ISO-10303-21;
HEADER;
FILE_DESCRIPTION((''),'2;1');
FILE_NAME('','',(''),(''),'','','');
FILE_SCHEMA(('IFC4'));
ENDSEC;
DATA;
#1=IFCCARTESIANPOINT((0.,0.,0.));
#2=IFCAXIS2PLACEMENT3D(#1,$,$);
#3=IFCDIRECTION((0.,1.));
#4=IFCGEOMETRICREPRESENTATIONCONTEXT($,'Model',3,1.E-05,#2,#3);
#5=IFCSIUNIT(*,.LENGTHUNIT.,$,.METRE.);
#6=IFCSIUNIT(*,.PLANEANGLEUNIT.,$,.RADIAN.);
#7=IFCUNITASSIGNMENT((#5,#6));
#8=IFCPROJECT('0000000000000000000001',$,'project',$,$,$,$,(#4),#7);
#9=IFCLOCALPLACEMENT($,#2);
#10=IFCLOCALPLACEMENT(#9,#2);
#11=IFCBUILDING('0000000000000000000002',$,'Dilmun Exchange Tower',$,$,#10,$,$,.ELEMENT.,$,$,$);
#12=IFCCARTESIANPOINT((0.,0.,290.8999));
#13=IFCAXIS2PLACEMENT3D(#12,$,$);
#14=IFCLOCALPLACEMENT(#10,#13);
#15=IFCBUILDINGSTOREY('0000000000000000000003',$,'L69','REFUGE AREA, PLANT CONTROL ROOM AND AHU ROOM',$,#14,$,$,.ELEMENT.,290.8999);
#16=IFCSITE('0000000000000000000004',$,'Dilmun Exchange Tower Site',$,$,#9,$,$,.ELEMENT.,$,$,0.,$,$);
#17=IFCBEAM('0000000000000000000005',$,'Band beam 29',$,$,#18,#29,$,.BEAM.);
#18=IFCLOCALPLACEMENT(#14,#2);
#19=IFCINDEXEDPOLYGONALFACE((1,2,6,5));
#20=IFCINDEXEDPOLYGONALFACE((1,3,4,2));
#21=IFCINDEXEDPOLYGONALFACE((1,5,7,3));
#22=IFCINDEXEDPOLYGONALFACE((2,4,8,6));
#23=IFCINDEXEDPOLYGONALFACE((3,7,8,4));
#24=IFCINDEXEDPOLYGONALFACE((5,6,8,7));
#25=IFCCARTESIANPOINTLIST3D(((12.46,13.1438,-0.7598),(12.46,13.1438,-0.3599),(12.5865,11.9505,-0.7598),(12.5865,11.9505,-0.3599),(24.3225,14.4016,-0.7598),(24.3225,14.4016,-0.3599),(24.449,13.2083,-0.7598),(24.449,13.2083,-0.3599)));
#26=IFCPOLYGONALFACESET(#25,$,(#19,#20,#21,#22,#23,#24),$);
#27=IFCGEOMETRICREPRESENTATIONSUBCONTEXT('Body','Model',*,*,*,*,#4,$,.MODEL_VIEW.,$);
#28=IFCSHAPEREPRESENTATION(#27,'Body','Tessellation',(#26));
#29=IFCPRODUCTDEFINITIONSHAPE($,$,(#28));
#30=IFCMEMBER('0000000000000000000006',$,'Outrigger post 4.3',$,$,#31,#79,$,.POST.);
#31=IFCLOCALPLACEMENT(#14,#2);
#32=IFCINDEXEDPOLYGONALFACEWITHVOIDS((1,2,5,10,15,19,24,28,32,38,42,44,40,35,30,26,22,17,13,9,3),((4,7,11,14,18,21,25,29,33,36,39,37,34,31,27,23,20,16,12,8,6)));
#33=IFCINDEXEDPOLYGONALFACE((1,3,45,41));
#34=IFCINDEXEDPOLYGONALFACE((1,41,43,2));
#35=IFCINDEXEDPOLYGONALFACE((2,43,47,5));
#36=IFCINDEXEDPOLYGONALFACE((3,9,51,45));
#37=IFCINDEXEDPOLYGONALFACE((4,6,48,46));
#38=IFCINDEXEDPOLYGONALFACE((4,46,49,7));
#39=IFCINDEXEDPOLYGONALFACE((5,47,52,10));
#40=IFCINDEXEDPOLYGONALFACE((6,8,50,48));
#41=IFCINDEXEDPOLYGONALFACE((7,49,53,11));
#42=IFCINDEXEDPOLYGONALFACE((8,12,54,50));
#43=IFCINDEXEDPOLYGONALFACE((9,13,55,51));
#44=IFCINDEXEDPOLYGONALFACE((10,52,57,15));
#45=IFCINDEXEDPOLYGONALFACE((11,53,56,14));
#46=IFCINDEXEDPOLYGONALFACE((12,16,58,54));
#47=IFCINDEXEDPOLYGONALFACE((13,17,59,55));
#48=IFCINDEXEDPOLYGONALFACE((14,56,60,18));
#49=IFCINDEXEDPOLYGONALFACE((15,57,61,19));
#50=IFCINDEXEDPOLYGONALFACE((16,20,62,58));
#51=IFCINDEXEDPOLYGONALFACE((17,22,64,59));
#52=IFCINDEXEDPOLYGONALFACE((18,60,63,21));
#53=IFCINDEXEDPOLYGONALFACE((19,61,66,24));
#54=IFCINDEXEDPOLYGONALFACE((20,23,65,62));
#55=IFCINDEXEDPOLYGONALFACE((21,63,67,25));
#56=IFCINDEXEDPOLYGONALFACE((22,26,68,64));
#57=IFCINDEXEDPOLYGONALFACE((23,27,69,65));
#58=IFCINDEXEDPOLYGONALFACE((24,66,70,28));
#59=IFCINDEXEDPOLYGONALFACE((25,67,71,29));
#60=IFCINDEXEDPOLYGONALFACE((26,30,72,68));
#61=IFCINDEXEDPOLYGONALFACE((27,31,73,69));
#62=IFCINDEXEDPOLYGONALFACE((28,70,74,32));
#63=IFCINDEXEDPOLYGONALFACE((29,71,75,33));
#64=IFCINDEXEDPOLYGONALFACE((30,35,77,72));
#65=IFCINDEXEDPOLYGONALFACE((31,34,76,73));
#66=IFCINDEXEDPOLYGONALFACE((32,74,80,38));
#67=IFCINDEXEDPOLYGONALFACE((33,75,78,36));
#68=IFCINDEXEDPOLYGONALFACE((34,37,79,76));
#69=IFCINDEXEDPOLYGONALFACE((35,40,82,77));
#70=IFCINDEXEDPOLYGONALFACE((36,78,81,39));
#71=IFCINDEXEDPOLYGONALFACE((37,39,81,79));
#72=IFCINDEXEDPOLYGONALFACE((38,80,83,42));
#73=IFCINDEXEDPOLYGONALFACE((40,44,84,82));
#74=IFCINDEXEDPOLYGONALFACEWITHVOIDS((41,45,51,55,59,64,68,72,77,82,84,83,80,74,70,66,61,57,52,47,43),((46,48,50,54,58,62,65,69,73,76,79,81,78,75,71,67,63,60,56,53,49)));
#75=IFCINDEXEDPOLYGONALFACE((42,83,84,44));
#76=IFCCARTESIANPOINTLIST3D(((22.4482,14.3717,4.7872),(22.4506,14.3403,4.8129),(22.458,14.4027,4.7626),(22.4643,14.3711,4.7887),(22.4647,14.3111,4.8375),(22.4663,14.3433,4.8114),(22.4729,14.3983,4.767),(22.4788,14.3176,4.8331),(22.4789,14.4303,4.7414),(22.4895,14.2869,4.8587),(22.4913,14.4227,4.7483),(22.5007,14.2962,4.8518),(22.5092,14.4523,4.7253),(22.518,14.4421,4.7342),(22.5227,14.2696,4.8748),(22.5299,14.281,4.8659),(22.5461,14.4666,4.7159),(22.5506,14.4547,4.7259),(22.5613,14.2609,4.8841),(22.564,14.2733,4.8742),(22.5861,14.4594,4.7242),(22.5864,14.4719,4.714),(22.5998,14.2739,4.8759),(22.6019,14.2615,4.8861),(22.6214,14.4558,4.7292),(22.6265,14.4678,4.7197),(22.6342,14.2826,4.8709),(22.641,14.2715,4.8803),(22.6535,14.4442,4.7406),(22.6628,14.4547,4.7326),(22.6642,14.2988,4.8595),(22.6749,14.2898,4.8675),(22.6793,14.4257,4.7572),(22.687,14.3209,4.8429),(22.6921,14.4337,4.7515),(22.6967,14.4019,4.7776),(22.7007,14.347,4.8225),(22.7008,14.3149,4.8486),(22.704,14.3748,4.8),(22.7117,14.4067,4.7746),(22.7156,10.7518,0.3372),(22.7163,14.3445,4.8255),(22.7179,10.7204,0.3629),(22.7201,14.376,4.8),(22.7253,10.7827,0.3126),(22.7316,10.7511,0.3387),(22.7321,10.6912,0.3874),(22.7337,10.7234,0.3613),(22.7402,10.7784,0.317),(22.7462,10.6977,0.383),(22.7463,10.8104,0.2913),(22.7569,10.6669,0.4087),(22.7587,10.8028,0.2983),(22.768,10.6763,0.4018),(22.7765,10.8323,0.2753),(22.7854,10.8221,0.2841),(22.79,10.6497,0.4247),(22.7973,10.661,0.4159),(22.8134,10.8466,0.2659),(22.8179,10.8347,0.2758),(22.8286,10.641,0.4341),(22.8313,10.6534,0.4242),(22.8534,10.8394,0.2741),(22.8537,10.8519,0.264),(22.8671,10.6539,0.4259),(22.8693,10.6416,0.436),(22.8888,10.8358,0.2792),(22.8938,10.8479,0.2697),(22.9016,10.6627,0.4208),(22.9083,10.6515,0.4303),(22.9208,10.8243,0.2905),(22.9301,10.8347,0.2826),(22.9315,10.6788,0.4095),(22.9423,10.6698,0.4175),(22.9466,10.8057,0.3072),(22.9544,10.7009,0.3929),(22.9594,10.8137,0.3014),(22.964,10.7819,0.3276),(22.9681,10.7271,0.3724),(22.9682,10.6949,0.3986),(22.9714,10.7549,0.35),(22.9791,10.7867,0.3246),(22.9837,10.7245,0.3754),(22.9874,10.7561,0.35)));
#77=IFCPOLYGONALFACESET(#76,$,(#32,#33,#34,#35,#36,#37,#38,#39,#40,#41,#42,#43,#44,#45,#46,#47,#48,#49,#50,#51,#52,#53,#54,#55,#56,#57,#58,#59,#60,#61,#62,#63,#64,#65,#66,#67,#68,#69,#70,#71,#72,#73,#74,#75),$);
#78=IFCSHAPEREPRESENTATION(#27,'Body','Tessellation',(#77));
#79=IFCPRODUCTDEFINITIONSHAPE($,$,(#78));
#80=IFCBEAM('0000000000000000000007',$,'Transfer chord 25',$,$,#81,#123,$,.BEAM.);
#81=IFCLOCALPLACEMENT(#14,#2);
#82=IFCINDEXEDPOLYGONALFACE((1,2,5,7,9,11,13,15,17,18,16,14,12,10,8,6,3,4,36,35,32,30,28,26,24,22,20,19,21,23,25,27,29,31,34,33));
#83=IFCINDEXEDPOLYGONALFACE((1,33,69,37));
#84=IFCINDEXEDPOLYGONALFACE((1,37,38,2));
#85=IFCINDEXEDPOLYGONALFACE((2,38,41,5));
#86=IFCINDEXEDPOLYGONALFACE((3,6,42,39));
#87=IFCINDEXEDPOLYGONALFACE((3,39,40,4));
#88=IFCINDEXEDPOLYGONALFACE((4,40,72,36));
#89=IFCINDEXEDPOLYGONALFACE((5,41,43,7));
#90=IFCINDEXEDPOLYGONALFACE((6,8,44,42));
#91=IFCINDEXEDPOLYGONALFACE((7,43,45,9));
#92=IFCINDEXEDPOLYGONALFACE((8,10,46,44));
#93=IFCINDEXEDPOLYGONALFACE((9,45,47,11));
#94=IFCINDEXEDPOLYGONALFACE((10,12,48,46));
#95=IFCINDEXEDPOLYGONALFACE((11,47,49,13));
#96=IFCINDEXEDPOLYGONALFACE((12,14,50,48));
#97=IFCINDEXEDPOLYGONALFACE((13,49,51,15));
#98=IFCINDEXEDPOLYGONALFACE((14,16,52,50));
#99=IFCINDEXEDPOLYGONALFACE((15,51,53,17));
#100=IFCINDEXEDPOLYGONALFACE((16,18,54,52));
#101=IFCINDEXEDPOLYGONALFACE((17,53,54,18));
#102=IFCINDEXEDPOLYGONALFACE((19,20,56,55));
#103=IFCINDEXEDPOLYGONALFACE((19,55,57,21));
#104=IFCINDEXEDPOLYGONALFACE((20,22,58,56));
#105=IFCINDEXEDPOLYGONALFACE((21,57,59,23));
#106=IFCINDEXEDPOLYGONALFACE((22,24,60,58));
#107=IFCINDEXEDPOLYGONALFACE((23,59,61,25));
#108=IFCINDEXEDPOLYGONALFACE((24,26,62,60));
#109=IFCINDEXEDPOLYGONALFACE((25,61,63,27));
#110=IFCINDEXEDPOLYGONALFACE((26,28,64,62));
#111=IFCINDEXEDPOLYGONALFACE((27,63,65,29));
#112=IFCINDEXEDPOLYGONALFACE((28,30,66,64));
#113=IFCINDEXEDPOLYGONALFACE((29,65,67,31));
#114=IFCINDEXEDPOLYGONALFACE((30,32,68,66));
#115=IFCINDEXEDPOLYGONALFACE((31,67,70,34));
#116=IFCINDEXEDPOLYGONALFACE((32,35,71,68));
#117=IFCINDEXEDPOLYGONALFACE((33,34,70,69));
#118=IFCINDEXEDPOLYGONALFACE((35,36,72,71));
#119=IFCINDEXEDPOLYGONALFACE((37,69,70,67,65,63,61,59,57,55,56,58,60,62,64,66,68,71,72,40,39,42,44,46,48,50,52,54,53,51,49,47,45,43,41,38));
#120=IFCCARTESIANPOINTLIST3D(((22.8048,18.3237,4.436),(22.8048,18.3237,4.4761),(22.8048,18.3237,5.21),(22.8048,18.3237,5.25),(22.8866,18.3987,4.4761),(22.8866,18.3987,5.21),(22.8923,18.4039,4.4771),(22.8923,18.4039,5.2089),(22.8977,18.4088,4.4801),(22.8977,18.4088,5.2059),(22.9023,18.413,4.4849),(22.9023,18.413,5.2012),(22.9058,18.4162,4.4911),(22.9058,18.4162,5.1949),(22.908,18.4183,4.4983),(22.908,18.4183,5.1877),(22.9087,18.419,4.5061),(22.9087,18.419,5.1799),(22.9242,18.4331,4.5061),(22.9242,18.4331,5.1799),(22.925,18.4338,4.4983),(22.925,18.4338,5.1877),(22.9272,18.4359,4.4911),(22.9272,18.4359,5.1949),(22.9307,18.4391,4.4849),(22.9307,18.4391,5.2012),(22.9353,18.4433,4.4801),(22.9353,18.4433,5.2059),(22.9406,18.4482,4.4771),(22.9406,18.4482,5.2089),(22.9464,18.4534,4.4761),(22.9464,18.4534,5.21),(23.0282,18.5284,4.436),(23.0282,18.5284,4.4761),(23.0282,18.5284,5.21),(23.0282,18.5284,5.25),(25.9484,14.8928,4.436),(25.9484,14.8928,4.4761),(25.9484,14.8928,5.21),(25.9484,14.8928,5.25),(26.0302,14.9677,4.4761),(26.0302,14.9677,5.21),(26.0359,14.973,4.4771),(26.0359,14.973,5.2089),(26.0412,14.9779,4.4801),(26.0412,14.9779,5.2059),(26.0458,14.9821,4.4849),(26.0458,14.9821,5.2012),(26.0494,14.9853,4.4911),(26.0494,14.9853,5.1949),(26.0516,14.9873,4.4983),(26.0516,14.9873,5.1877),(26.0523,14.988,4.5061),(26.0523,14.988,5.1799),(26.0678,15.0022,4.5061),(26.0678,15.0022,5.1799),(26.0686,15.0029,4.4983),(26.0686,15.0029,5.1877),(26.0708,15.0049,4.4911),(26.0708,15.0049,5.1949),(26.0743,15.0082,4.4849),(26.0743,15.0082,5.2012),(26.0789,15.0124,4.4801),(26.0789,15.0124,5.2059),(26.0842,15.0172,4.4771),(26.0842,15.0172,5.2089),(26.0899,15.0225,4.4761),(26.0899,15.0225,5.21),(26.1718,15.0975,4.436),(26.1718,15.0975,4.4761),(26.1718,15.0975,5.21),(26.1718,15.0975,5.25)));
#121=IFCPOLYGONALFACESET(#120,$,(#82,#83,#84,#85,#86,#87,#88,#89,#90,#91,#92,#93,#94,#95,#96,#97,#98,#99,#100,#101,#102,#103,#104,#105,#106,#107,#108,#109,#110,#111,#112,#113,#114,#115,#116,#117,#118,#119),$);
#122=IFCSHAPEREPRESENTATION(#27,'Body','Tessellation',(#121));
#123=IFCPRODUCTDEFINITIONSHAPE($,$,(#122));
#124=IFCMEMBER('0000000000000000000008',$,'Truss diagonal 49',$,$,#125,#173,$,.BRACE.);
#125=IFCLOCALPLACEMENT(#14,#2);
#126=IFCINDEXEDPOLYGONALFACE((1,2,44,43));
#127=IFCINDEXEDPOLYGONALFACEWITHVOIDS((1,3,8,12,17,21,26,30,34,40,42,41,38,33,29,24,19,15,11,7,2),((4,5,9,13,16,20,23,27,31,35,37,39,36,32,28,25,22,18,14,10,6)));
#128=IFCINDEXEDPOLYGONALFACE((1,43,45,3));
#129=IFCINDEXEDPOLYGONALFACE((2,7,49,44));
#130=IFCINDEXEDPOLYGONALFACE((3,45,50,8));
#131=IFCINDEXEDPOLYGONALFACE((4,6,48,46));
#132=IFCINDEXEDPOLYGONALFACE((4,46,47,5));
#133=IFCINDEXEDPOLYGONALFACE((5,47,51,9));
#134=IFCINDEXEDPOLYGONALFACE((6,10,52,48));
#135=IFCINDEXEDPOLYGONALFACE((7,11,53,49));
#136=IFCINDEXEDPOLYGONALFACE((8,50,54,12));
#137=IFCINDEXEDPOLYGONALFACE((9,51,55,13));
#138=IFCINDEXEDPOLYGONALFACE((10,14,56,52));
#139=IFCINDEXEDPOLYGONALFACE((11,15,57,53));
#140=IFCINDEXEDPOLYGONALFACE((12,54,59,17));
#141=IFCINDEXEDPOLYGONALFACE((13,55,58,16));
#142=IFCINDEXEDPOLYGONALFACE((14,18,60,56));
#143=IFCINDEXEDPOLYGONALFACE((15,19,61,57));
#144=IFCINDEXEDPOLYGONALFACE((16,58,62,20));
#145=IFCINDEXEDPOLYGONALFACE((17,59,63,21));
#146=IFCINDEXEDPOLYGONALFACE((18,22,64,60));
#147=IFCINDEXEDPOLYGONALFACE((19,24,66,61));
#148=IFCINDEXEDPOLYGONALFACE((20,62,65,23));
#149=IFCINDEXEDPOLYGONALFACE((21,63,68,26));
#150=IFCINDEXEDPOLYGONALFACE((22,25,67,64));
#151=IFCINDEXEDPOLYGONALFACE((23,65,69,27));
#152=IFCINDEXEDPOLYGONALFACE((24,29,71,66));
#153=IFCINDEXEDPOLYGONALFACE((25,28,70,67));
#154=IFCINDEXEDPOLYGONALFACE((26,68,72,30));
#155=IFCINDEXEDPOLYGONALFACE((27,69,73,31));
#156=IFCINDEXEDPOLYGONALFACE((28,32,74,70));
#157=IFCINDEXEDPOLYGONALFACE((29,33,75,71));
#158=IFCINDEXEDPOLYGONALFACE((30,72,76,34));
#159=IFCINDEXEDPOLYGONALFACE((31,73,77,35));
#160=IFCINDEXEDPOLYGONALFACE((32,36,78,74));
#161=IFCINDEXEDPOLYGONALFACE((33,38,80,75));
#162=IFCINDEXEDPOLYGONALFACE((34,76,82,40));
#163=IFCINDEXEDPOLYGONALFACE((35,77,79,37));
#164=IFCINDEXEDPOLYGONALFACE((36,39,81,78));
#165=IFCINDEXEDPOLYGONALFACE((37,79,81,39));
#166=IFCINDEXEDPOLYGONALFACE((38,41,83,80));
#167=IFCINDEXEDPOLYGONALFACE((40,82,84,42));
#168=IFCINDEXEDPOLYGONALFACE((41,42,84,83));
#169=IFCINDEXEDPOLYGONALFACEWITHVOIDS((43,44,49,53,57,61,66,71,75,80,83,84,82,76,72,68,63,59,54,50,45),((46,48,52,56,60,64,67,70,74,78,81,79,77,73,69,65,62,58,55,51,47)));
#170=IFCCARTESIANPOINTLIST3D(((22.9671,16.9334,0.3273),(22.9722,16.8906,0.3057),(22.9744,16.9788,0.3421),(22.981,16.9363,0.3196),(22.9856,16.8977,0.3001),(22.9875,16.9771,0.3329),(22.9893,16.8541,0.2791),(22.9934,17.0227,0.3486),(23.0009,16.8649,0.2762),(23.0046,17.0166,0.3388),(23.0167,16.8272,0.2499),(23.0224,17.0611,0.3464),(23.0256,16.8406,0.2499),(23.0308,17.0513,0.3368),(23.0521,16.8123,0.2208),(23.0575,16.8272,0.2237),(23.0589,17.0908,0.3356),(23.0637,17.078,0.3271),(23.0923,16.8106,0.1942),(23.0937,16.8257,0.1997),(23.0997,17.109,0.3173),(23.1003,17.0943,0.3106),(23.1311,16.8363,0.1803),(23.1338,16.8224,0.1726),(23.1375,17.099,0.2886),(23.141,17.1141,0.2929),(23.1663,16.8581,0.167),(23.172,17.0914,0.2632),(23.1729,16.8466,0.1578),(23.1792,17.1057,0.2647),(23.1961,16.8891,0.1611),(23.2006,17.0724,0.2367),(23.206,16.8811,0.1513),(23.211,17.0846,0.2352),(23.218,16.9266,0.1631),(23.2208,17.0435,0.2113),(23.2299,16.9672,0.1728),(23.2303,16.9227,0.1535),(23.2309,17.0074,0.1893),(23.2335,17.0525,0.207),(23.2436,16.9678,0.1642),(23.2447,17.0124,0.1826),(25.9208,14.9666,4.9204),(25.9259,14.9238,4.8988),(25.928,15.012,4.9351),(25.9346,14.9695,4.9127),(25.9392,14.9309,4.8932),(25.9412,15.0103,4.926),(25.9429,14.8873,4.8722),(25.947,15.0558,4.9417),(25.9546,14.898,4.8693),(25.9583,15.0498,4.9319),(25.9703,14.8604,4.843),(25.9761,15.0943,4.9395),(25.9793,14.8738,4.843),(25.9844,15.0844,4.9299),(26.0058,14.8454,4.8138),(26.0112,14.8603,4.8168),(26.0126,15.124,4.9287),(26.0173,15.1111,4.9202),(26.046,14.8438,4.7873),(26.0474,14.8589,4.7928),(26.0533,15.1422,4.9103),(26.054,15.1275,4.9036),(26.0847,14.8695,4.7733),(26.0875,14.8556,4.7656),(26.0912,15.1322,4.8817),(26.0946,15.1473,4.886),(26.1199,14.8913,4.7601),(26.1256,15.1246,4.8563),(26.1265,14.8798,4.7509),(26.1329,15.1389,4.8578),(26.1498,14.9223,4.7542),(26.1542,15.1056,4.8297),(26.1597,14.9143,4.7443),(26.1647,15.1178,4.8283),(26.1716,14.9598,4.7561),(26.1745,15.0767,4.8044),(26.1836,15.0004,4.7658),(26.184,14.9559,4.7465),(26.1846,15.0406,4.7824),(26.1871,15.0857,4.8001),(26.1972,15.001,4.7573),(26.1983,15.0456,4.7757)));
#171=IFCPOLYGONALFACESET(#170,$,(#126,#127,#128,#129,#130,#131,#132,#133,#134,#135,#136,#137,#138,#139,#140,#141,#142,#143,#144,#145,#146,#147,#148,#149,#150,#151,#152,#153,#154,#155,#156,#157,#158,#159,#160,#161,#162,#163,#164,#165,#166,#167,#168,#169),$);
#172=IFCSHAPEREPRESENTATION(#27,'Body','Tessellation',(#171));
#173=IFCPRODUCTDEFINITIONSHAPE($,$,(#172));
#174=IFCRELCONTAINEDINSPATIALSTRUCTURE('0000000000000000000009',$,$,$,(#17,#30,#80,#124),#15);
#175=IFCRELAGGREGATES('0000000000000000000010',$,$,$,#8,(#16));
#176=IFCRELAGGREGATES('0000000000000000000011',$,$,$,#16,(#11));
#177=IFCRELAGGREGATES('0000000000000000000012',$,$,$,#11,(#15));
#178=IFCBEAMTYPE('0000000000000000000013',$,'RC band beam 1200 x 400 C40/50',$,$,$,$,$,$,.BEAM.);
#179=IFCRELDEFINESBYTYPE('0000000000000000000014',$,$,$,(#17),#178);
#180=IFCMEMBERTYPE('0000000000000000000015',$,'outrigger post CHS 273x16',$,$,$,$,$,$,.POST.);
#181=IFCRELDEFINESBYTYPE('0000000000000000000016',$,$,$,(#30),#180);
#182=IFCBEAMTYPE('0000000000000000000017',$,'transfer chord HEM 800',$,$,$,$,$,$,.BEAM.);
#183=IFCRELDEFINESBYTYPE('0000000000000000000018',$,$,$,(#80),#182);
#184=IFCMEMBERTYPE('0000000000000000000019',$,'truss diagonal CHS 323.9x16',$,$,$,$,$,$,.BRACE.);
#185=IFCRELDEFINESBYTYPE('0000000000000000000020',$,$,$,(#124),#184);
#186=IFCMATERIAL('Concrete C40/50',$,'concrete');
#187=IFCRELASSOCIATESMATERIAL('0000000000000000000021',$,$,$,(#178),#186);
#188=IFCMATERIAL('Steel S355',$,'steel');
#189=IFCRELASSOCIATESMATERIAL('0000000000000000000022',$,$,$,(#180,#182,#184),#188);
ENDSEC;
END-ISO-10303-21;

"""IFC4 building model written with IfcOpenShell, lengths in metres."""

from ifc_helpers import new_model, si_unit, direction, frame, origin, origin_2d, place, context, subcontext, project, spatial, rectangle, hollow_circle, i_section, extrude, material, material_profile, profile_set, type_object, element, save


model = new_model("IFC4")

# Units and contexts
model_context = context("Model", 3, precision=1e-05, world=origin(), true_north=direction((0.0, 1.0)))
body_context = subcontext(model_context, "Body", "Model", "MODEL_VIEW")
ifc_project = project(units=[si_unit("LENGTHUNIT", "METRE"), si_unit("PLANEANGLEUNIT", "RADIAN")], contexts=[model_context])

# Site, building, storey
site_placement = place(None, origin())
site = spatial("IfcSite", under=ifc_project, at=site_placement, Name="Dilmun Exchange Tower Site", CompositionType="ELEMENT", RefElevation=0.0)
building_placement = place(site_placement, origin())
building = spatial("IfcBuilding", under=site, at=building_placement, Name="Dilmun Exchange Tower", CompositionType="ELEMENT")
storey_placement = place(building_placement, frame((0.0, 0.0, 290.8999)))
storey = spatial("IfcBuildingStorey", under=building, at=storey_placement, Name="L69", Description="REFUGE AREA, PLANT CONTROL ROOM AND AHU ROOM", CompositionType="ELEMENT", Elevation=290.8999)

# Beam
ifc_material_1 = material(Name="Concrete C40/50", Category="concrete")
ifc_material_profile_1 = material_profile(ifc_material_1, rectangle(XDim=1.2, YDim=0.3999, at=origin_2d()), Name="1200 x 400")
ifc_profile_set_1 = profile_set([ifc_material_profile_1], Name="Concrete C40/50")
beam_type_1 = type_object("IfcBeamType", Name="RC band beam 1200 x 400 C40/50", PredefinedType="BEAM", material=ifc_profile_set_1)
beam_1_placement = place(storey_placement, frame((24.3857, 13.8049, -0.5598), z_axis=(-0.994426, -0.105441, 0.0), x_axis=(0.105441, -0.994426, 0.0)))
element("IfcBeam", 1, at=beam_1_placement, inside=storey, type_object=beam_type_1, Name="Band beam 29", PredefinedType="BEAM", context=body_context, shape_type="SweptSolid", body=[
    extrude(rectangle(XDim=1.2, YDim=0.3999, at=origin_2d()), origin(), (0.0, 0.0, 1.0), 11.929),
])

# Member
ifc_material_2 = material(Name="Steel S355", Category="steel")
ifc_material_profile_2 = material_profile(ifc_material_2, hollow_circle(Radius=0.1365, WallThickness=0.0161, at=origin_2d()), Name="CHS 273x16")
ifc_profile_set_2 = profile_set([ifc_material_profile_2], Name="Steel S355")
member_type_1 = type_object("IfcMemberType", Name="outrigger post CHS 273x16", PredefinedType="POST", material=ifc_profile_set_2)
member_1_placement = place(storey_placement, frame((22.584, 14.366, 4.8), z_axis=(0.046553, -0.630359, -0.774907), x_axis=(0.997284, 0.073651, 0.0)))
element("IfcMember", 2, at=member_1_placement, inside=storey, type_object=member_type_1, Name="Outrigger post 4.3", PredefinedType="POST", context=body_context, shape_type="SweptSolid", body=[
    extrude(hollow_circle(Radius=0.1365, WallThickness=0.0161, at=origin_2d()), origin(), (0.0, 0.0, 1.0), 5.7427),
])

# Beam
ifc_material_profile_3 = material_profile(ifc_material_2, i_section(OverallWidth=0.303, OverallDepth=0.814, WebThickness=0.021, FlangeThickness=0.04, FilletRadius=0.03, at=origin_2d()), Name="HEM 800")
ifc_profile_set_3 = profile_set([ifc_material_profile_3], Name="Steel S355")
beam_type_2 = type_object("IfcBeamType", Name="transfer chord HEM 800", PredefinedType="BEAM", material=ifc_profile_set_3)
beam_2_placement = place(storey_placement, frame((26.0601, 14.9951, 4.843), z_axis=(-0.675556, 0.737309, 0.0), x_axis=(-0.737309, -0.675556, 0.0)))
element("IfcBeam", 3, at=beam_2_placement, inside=storey, type_object=beam_type_2, Name="Transfer chord 25", PredefinedType="BEAM", context=body_context, shape_type="SweptSolid", body=[
    extrude(i_section(OverallWidth=0.303, OverallDepth=0.814, WebThickness=0.021, FlangeThickness=0.04, FilletRadius=0.03, at=origin_2d()), origin(), (0.0, 0.0, 1.0), 4.6533),
])

# Member
ifc_material_profile_4 = material_profile(ifc_material_2, hollow_circle(Radius=0.1619, WallThickness=0.0161, at=origin_2d()), Name="CHS 323.9x16")
ifc_profile_set_4 = profile_set([ifc_material_profile_4], Name="Steel S355")
member_type_2 = type_object("IfcMemberType", Name="truss diagonal CHS 323.9x16", PredefinedType="BRACE", material=ifc_profile_set_4)
member_2_placement = place(storey_placement, frame((26.0601, 14.9951, 4.843), z_axis=(-0.508881, 0.338862, -0.791336), x_axis=(-0.554256, -0.832347, 0.0)))
element("IfcMember", 4, at=member_2_placement, inside=storey, type_object=member_type_2, Name="Truss diagonal 49", PredefinedType="BRACE", context=body_context, shape_type="SweptSolid", body=[
    extrude(hollow_circle(Radius=0.1619, WallThickness=0.0161, at=origin_2d()), origin(), (0.0, 0.0, 1.0), 5.8042),
])

save(model, "model.ifc")
